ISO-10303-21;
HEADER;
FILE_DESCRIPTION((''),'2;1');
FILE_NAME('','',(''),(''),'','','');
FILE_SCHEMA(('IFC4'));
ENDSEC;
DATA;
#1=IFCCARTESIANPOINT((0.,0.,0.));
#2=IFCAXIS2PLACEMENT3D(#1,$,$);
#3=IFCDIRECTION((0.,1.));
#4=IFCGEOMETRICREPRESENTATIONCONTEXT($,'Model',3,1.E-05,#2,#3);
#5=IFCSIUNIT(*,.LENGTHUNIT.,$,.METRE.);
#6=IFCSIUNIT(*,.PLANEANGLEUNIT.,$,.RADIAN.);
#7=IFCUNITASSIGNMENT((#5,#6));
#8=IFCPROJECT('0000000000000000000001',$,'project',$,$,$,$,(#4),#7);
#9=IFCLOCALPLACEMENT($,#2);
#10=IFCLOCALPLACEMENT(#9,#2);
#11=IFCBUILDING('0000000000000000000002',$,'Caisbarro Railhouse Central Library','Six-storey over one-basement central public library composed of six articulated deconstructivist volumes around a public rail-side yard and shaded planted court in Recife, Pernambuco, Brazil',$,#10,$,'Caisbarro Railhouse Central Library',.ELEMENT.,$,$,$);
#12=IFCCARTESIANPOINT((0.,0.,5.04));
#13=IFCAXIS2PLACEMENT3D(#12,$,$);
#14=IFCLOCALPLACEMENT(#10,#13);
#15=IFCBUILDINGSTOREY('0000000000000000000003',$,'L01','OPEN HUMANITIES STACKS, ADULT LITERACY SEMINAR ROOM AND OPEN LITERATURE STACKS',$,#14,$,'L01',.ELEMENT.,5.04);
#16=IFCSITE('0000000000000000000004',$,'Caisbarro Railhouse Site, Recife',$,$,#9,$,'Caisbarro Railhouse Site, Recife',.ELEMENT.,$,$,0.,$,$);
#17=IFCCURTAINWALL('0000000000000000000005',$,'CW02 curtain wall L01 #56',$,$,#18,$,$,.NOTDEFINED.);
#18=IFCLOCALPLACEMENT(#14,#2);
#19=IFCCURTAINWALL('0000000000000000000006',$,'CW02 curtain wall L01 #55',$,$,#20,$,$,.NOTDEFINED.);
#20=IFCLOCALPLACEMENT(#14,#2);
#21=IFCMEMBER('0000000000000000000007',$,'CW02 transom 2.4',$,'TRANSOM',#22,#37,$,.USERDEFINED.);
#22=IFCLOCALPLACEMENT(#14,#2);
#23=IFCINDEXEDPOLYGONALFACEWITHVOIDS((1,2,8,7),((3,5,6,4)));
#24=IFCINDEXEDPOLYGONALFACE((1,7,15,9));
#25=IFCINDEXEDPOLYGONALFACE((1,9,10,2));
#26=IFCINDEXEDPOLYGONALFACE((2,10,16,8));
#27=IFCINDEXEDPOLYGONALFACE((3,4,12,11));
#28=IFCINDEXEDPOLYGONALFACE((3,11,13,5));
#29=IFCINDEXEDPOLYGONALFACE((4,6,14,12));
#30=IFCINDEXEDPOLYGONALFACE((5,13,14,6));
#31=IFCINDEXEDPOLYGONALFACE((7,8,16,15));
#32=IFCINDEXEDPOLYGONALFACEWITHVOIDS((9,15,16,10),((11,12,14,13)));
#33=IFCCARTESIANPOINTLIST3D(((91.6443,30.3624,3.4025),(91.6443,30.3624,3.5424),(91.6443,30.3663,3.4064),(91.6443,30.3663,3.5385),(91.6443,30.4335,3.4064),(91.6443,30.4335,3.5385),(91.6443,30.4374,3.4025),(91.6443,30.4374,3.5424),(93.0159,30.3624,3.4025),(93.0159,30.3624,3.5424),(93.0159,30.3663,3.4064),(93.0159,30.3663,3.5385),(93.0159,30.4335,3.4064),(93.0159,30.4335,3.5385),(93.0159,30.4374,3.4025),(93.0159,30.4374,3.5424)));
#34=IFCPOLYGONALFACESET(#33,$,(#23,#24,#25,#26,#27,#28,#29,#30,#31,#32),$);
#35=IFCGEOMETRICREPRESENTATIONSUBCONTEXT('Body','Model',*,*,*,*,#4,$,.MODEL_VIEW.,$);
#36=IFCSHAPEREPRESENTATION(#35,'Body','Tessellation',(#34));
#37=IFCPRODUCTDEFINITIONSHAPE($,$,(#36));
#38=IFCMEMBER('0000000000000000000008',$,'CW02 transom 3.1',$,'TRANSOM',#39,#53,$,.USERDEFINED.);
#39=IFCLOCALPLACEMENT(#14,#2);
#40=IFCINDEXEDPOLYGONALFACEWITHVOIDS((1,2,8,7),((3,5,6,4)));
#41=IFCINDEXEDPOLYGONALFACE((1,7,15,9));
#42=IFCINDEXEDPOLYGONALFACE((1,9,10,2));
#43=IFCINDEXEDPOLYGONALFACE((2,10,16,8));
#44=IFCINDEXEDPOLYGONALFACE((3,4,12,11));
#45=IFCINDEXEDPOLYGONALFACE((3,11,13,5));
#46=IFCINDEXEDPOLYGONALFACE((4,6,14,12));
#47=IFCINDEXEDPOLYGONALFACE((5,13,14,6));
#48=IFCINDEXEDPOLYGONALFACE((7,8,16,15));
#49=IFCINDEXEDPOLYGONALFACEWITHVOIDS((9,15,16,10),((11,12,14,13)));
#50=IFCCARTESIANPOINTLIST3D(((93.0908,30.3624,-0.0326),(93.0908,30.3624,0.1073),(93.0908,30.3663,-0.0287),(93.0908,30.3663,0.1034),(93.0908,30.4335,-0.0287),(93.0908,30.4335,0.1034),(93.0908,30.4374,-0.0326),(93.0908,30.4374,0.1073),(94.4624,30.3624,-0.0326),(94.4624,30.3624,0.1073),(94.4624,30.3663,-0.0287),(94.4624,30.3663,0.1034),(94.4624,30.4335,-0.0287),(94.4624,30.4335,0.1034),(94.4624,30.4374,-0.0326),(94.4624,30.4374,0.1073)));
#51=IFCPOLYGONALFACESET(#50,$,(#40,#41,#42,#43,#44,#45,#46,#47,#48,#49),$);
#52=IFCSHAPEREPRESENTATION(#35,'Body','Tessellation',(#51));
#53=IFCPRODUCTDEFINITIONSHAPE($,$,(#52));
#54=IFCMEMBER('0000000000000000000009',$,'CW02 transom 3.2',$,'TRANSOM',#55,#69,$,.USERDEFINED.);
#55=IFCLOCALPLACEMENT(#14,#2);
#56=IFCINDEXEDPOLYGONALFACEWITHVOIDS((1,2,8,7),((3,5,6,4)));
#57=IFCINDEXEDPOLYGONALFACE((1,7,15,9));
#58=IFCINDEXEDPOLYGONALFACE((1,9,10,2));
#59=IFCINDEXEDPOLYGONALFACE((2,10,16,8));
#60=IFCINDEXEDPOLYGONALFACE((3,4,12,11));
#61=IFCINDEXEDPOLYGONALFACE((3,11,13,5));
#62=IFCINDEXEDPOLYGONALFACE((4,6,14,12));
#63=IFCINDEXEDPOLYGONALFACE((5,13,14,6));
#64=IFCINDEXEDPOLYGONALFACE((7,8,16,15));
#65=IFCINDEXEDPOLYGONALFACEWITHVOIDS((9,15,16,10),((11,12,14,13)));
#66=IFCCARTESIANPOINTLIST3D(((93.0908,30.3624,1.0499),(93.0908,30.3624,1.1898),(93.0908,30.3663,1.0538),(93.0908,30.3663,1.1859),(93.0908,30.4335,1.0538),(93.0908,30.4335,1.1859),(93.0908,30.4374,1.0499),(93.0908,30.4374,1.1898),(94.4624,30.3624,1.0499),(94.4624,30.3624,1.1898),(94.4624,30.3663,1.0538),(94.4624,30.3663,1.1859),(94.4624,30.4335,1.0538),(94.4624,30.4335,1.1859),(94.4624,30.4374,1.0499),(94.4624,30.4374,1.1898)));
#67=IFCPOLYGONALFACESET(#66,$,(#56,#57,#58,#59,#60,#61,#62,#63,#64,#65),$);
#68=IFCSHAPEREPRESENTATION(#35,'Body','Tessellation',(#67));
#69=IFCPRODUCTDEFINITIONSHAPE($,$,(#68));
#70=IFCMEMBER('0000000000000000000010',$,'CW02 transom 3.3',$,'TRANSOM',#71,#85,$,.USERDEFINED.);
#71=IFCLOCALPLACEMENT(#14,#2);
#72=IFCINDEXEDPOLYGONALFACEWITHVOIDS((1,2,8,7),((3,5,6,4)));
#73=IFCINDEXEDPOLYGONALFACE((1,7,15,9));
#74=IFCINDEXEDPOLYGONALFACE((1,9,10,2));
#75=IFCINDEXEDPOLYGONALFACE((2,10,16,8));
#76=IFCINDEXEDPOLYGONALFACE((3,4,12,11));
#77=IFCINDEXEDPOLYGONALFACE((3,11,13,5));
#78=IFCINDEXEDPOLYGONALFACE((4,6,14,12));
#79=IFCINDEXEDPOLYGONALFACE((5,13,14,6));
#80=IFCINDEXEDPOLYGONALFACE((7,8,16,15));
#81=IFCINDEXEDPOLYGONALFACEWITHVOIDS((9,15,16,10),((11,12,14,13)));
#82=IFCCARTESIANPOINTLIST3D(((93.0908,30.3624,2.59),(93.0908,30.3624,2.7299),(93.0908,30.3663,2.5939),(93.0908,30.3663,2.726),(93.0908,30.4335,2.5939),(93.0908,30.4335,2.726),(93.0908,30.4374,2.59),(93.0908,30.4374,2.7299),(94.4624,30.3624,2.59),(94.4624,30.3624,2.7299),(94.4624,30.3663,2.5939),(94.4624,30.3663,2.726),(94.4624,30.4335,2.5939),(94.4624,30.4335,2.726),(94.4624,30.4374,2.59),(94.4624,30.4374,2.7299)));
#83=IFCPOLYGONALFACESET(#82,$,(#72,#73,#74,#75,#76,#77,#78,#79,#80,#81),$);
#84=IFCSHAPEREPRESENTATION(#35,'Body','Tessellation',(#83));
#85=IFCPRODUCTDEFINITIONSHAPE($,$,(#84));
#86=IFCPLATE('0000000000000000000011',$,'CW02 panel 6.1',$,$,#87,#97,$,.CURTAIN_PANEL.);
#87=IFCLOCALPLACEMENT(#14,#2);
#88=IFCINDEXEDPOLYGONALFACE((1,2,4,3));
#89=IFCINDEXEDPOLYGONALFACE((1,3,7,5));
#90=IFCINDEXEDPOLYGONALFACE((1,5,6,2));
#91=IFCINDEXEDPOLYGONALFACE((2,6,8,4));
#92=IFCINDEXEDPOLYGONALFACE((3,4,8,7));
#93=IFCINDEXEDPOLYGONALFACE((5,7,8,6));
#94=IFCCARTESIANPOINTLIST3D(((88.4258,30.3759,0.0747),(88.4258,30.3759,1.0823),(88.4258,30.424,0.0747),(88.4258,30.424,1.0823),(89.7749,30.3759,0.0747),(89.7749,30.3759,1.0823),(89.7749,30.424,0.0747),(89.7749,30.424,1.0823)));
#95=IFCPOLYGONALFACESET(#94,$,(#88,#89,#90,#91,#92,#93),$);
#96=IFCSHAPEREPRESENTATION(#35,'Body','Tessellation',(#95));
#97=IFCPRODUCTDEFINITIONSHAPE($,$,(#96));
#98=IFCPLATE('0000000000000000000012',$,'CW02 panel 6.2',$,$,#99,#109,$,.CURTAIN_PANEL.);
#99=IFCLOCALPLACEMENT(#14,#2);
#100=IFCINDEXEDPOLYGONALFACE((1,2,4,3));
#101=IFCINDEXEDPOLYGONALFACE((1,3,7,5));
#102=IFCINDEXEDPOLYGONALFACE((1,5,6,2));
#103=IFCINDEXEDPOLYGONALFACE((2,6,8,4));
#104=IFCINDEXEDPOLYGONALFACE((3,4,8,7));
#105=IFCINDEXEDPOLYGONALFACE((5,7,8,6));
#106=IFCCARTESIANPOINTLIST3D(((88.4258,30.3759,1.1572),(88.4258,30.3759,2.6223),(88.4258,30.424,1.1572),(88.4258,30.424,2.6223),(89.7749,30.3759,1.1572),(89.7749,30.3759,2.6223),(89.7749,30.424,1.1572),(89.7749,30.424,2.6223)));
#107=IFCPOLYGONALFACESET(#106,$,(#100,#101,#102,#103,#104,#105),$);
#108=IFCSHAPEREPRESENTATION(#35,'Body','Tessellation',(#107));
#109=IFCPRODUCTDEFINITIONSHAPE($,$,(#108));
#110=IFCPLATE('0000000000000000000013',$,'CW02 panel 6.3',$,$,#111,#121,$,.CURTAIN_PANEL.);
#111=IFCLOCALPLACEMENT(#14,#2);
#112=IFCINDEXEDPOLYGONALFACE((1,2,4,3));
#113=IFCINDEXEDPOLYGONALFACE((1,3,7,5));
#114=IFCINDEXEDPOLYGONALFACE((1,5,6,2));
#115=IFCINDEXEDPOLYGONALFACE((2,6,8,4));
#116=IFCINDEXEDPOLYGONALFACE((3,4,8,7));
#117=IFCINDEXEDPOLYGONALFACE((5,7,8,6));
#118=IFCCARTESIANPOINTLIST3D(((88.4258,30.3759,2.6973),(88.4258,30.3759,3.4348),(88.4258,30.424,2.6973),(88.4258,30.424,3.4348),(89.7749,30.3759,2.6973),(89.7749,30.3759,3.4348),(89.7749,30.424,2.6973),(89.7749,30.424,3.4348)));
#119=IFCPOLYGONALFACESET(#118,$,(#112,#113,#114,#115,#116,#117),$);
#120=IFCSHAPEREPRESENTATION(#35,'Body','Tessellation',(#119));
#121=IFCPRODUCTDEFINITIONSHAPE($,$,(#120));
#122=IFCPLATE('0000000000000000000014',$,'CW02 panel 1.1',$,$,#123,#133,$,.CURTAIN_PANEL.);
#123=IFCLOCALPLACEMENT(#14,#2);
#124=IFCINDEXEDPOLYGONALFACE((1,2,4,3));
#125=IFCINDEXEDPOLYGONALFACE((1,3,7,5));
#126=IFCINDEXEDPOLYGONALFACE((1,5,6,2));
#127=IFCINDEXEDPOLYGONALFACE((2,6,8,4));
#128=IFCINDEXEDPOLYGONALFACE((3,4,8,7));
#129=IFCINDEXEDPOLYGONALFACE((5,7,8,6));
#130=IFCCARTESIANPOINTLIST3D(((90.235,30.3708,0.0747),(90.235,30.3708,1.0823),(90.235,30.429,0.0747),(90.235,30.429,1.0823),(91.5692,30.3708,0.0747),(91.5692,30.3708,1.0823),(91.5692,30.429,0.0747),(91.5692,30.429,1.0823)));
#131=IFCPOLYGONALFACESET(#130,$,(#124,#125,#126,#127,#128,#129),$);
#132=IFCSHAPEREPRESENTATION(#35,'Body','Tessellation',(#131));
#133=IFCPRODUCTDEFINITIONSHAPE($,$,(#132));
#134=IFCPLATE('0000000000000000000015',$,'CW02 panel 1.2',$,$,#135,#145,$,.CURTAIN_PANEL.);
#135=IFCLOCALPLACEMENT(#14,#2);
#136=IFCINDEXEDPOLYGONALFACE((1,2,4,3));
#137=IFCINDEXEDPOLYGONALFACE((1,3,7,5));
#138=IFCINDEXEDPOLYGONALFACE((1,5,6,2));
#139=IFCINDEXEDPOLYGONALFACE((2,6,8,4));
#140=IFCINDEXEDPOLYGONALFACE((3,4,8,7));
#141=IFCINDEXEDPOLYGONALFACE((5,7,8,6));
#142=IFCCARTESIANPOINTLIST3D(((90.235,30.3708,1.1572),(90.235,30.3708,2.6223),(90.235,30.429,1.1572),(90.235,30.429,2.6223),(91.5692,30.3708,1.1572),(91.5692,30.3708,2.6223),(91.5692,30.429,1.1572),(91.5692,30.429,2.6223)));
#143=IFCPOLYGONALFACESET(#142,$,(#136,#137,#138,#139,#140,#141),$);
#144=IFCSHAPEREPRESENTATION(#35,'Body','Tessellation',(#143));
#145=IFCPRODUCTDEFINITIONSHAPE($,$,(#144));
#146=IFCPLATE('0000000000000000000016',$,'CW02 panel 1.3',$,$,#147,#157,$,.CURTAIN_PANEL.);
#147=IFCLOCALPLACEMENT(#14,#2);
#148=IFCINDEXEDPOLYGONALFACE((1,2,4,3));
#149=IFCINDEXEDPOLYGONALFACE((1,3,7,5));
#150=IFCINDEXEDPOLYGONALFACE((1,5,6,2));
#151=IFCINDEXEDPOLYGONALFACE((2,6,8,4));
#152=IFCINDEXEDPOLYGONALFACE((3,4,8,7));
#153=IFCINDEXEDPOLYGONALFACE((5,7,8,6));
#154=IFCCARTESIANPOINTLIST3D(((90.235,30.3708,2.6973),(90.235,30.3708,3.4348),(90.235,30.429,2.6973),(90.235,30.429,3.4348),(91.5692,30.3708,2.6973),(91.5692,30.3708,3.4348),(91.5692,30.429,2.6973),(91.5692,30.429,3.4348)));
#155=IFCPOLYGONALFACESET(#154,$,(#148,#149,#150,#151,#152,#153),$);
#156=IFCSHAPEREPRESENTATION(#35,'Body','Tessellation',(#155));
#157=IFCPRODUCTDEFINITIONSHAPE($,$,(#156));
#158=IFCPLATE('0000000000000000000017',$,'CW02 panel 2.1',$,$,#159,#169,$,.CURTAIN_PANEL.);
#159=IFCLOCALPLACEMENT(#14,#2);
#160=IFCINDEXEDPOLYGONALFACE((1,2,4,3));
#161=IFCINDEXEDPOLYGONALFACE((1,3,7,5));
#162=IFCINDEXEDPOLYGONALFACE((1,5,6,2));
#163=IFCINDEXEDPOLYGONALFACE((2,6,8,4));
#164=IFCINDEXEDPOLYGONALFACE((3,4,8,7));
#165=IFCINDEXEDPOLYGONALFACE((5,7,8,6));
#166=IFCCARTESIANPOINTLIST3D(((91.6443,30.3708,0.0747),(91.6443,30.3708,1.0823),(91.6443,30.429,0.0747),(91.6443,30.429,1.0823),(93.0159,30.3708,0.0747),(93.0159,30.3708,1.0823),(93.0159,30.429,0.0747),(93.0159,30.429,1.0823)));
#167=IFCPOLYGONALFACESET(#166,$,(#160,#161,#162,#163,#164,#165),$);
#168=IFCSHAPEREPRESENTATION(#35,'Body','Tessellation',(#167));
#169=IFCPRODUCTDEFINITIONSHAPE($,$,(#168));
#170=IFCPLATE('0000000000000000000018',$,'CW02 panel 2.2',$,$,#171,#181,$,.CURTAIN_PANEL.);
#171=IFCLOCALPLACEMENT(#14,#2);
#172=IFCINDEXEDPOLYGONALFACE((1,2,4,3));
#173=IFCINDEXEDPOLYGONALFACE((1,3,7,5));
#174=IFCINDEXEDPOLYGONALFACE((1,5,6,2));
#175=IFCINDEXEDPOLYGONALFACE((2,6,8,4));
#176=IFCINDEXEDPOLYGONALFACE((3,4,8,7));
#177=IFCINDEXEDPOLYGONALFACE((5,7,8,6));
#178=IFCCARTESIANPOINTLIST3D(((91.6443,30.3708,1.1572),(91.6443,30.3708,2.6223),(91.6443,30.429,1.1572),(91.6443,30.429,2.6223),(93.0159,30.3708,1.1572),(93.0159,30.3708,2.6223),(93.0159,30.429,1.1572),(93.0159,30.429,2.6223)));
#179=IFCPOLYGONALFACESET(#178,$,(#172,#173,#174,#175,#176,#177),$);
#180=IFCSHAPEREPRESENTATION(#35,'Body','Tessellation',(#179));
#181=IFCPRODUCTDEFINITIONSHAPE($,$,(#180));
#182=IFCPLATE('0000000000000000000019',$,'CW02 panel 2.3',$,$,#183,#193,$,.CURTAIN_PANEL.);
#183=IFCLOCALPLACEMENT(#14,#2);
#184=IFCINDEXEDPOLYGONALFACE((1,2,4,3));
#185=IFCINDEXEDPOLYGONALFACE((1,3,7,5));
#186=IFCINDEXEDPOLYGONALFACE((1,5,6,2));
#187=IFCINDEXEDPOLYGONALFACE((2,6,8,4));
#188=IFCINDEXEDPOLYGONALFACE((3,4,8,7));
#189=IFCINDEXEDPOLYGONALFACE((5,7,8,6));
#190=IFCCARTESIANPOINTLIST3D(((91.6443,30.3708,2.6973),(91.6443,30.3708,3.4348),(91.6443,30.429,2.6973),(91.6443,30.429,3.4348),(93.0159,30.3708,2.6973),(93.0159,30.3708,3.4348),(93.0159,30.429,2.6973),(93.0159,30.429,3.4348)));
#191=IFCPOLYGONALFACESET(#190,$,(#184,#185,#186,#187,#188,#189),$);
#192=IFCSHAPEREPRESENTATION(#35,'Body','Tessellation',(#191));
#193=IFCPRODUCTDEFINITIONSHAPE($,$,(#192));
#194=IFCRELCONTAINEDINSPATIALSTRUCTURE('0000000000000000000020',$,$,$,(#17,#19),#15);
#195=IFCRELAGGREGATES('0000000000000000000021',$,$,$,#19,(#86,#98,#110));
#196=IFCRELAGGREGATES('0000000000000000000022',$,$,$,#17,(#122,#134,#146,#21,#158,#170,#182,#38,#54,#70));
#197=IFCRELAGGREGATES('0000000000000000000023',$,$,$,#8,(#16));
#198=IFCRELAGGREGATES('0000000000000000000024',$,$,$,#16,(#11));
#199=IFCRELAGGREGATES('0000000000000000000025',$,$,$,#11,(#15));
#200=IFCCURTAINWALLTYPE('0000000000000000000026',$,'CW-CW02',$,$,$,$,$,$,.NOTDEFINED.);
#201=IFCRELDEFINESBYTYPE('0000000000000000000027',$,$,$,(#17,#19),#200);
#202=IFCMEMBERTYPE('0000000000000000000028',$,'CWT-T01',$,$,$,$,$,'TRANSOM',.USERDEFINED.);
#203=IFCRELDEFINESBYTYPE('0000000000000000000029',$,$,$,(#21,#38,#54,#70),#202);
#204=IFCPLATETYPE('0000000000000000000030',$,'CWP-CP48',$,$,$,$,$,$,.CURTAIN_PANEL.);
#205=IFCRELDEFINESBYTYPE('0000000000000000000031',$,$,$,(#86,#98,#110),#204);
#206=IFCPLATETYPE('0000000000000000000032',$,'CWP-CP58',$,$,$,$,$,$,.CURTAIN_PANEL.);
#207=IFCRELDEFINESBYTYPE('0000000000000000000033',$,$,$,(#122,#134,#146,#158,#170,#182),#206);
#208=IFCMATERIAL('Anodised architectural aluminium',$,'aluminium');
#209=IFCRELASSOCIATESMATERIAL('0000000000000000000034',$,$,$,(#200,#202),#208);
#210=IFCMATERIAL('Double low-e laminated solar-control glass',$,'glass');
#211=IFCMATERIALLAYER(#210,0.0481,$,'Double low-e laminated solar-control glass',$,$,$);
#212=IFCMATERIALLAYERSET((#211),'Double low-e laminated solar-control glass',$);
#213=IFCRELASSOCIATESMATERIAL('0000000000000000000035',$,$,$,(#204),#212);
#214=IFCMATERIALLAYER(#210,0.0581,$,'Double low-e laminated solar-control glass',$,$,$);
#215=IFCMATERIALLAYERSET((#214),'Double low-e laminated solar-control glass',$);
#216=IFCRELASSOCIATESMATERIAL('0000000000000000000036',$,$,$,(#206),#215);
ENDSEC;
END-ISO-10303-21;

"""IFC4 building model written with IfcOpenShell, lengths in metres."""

from ifc_helpers import new_model, si_unit, direction, frame, origin, origin_2d, place, context, subcontext, project, spatial, rectangle, hollow_rectangle, extrude, material, layer, layer_set, material_profile, profile_set, type_object, element, aggregate, save


model = new_model("IFC4")

# Units and contexts
model_context = context("Model", 3, precision=1e-05, world=origin(), true_north=direction((0.0, 1.0)))
body_context = subcontext(model_context, "Body", "Model", "MODEL_VIEW")
ifc_project = project(units=[si_unit("LENGTHUNIT", "METRE"), si_unit("PLANEANGLEUNIT", "RADIAN")], contexts=[model_context])

# Site, building, storey
site_placement = place(None, origin())
site = spatial("IfcSite", under=ifc_project, at=site_placement, Name="Caisbarro Railhouse Site, Recife", LongName="Caisbarro Railhouse Site, Recife", CompositionType="ELEMENT", RefElevation=0.0)
building_placement = place(site_placement, origin())
building = spatial("IfcBuilding", under=site, at=building_placement, Name="Caisbarro Railhouse Central Library", Description="Six-storey over one-basement central public library composed of six articulated deconstructivist volumes around a public rail-side yard and shaded planted court in Recife, Pernambuco, Brazil", LongName="Caisbarro Railhouse Central Library", CompositionType="ELEMENT")
storey_placement = place(building_placement, frame((0.0, 0.0, 5.04)))
storey = spatial("IfcBuildingStorey", under=building, at=storey_placement, Name="L01", Description="OPEN HUMANITIES STACKS, ADULT LITERACY SEMINAR ROOM AND OPEN LITERATURE STACKS", LongName="L01", CompositionType="ELEMENT", Elevation=5.04)

# Curtain walls
ifc_material_1 = material(Name="Anodised architectural aluminium", Category="aluminium")
curtain_wall_type = type_object("IfcCurtainWallType", Name="CW-CW02", PredefinedType="NOTDEFINED", material=ifc_material_1)
curtain_wall_1_placement = place(storey_placement, origin())
curtain_wall_1 = element("IfcCurtainWall", 1, at=curtain_wall_1_placement, inside=storey, type_object=curtain_wall_type, Name="CW02 curtain wall L01 #56", PredefinedType="NOTDEFINED")
curtain_wall_2_placement = place(storey_placement, origin())
curtain_wall_2 = element("IfcCurtainWall", 2, at=curtain_wall_2_placement, inside=storey, type_object=curtain_wall_type, Name="CW02 curtain wall L01 #55", PredefinedType="NOTDEFINED")
ifc_material_profile_1 = material_profile(ifc_material_1, hollow_rectangle(XDim=0.075, YDim=0.1399, WallThickness=0.0039, at=origin_2d()), Name="ALU-TRN-75X140")
ifc_profile_set_1 = profile_set([ifc_material_profile_1], Name="Anodised architectural aluminium")
member_type_1 = type_object("IfcMemberType", Name="CWT-T01", ElementType="TRANSOM", PredefinedType="USERDEFINED", material=ifc_profile_set_1)

# Members
member_1_placement = place(storey_placement, frame((91.6443, 30.3999, 3.4724), z_axis=(1.0, 0.0, 0.0), x_axis=(0.0, 1.0, 0.0)))
member_1 = element("IfcMember", 3, at=member_1_placement, type_object=member_type_1, Name="CW02 transom 2.4", ObjectType="TRANSOM", PredefinedType="USERDEFINED", context=body_context, shape_type="SweptSolid", body=[
    extrude(hollow_rectangle(XDim=0.075, YDim=0.1399, WallThickness=0.0039, at=origin_2d()), origin(), (0.0, 0.0, 1.0), 1.3716),
])
member_2_placement = place(storey_placement, frame((93.0908, 30.3999, 0.0374), z_axis=(1.0, 0.0, 0.0), x_axis=(0.0, 1.0, 0.0)))
member_2 = element("IfcMember", 4, at=member_2_placement, type_object=member_type_1, Name="CW02 transom 3.1", ObjectType="TRANSOM", PredefinedType="USERDEFINED", context=body_context, shape_type="SweptSolid", body=[
    extrude(hollow_rectangle(XDim=0.075, YDim=0.1399, WallThickness=0.0039, at=origin_2d()), origin(), (0.0, 0.0, 1.0), 1.3716),
])
member_3_placement = place(storey_placement, frame((93.0908, 30.3999, 1.1199), z_axis=(1.0, 0.0, 0.0), x_axis=(0.0, 1.0, 0.0)))
member_3 = element("IfcMember", 5, at=member_3_placement, type_object=member_type_1, Name="CW02 transom 3.2", ObjectType="TRANSOM", PredefinedType="USERDEFINED", context=body_context, shape_type="SweptSolid", body=[
    extrude(hollow_rectangle(XDim=0.075, YDim=0.1399, WallThickness=0.0039, at=origin_2d()), origin(), (0.0, 0.0, 1.0), 1.3716),
])
member_4_placement = place(storey_placement, frame((93.0908, 30.3999, 2.6599), z_axis=(1.0, 0.0, 0.0), x_axis=(0.0, 1.0, 0.0)))
member_4 = element("IfcMember", 6, at=member_4_placement, type_object=member_type_1, Name="CW02 transom 3.3", ObjectType="TRANSOM", PredefinedType="USERDEFINED", context=body_context, shape_type="SweptSolid", body=[
    extrude(hollow_rectangle(XDim=0.075, YDim=0.1399, WallThickness=0.0039, at=origin_2d()), origin(), (0.0, 0.0, 1.0), 1.3716),
])

# Plates
ifc_material_2 = material(Name="Double low-e laminated solar-control glass", Category="glass")
ifc_layer_1 = layer(ifc_material_2, 0.0481, Name="Double low-e laminated solar-control glass")
ifc_layer_set_1 = layer_set([ifc_layer_1], Name="Double low-e laminated solar-control glass")
plate_type_1 = type_object("IfcPlateType", Name="CWP-CP48", PredefinedType="CURTAIN_PANEL", material=ifc_layer_set_1)
plate_1_placement = place(storey_placement, frame((89.1003, 30.3999, 0.0747), z_axis=(0.0, 0.0, 1.0), x_axis=(1.0, 0.0, 0.0)))
plate_1 = element("IfcPlate", 7, at=plate_1_placement, type_object=plate_type_1, Name="CW02 panel 6.1", PredefinedType="CURTAIN_PANEL", context=body_context, shape_type="SweptSolid", body=[
    extrude(rectangle(XDim=1.3491, YDim=0.0481, at=origin_2d()), origin(), (0.0, 0.0, 1.0), 1.0076),
])
plate_2_placement = place(storey_placement, frame((89.1003, 30.3999, 1.1572), z_axis=(0.0, 0.0, 1.0), x_axis=(1.0, 0.0, 0.0)))
plate_2 = element("IfcPlate", 8, at=plate_2_placement, type_object=plate_type_1, Name="CW02 panel 6.2", PredefinedType="CURTAIN_PANEL", context=body_context, shape_type="SweptSolid", body=[
    extrude(rectangle(XDim=1.3491, YDim=0.0481, at=origin_2d()), origin(), (0.0, 0.0, 1.0), 1.4651),
])
plate_3_placement = place(storey_placement, frame((89.1003, 30.3999, 2.6973), z_axis=(0.0, 0.0, 1.0), x_axis=(1.0, 0.0, 0.0)))
plate_3 = element("IfcPlate", 9, at=plate_3_placement, type_object=plate_type_1, Name="CW02 panel 6.3", PredefinedType="CURTAIN_PANEL", context=body_context, shape_type="SweptSolid", body=[
    extrude(rectangle(XDim=1.3491, YDim=0.0481, at=origin_2d()), origin(), (0.0, 0.0, 1.0), 0.7375),
])
aggregate(curtain_wall_2, [plate_1, plate_2, plate_3])
ifc_layer_2 = layer(ifc_material_2, 0.0581, Name="Double low-e laminated solar-control glass")
ifc_layer_set_2 = layer_set([ifc_layer_2], Name="Double low-e laminated solar-control glass")
plate_type_2 = type_object("IfcPlateType", Name="CWP-CP58", PredefinedType="CURTAIN_PANEL", material=ifc_layer_set_2)
plate_4_placement = place(storey_placement, frame((90.9021, 30.3999, 0.0747), z_axis=(0.0, 0.0, 1.0), x_axis=(1.0, 0.0, 0.0)))
plate_4 = element("IfcPlate", 10, at=plate_4_placement, type_object=plate_type_2, Name="CW02 panel 1.1", PredefinedType="CURTAIN_PANEL", context=body_context, shape_type="SweptSolid", body=[
    extrude(rectangle(XDim=1.3342, YDim=0.0581, at=origin_2d()), origin(), (0.0, 0.0, 1.0), 1.0076),
])
plate_5_placement = place(storey_placement, frame((90.9021, 30.3999, 1.1572), z_axis=(0.0, 0.0, 1.0), x_axis=(1.0, 0.0, 0.0)))
plate_5 = element("IfcPlate", 11, at=plate_5_placement, type_object=plate_type_2, Name="CW02 panel 1.2", PredefinedType="CURTAIN_PANEL", context=body_context, shape_type="SweptSolid", body=[
    extrude(rectangle(XDim=1.3342, YDim=0.0581, at=origin_2d()), origin(), (0.0, 0.0, 1.0), 1.4651),
])
plate_6_placement = place(storey_placement, frame((90.9021, 30.3999, 2.6973), z_axis=(0.0, 0.0, 1.0), x_axis=(1.0, 0.0, 0.0)))
plate_6 = element("IfcPlate", 12, at=plate_6_placement, type_object=plate_type_2, Name="CW02 panel 1.3", PredefinedType="CURTAIN_PANEL", context=body_context, shape_type="SweptSolid", body=[
    extrude(rectangle(XDim=1.3342, YDim=0.0581, at=origin_2d()), origin(), (0.0, 0.0, 1.0), 0.7375),
])
plate_7_placement = place(storey_placement, frame((92.3301, 30.3999, 0.0747), z_axis=(0.0, 0.0, 1.0), x_axis=(1.0, 0.0, 0.0)))
plate_7 = element("IfcPlate", 13, at=plate_7_placement, type_object=plate_type_2, Name="CW02 panel 2.1", PredefinedType="CURTAIN_PANEL", context=body_context, shape_type="SweptSolid", body=[
    extrude(rectangle(XDim=1.3716, YDim=0.0581, at=origin_2d()), origin(), (0.0, 0.0, 1.0), 1.0076),
])
plate_8_placement = place(storey_placement, frame((92.3301, 30.3999, 1.1572), z_axis=(0.0, 0.0, 1.0), x_axis=(1.0, 0.0, 0.0)))
plate_8 = element("IfcPlate", 14, at=plate_8_placement, type_object=plate_type_2, Name="CW02 panel 2.2", PredefinedType="CURTAIN_PANEL", context=body_context, shape_type="SweptSolid", body=[
    extrude(rectangle(XDim=1.3716, YDim=0.0581, at=origin_2d()), origin(), (0.0, 0.0, 1.0), 1.4651),
])
plate_9_placement = place(storey_placement, frame((92.3301, 30.3999, 2.6973), z_axis=(0.0, 0.0, 1.0), x_axis=(1.0, 0.0, 0.0)))
plate_9 = element("IfcPlate", 15, at=plate_9_placement, type_object=plate_type_2, Name="CW02 panel 2.3", PredefinedType="CURTAIN_PANEL", context=body_context, shape_type="SweptSolid", body=[
    extrude(rectangle(XDim=1.3716, YDim=0.0581, at=origin_2d()), origin(), (0.0, 0.0, 1.0), 0.7375),
])
aggregate(curtain_wall_1, [plate_4, plate_5, plate_6, member_1, plate_7, plate_8, plate_9, member_2, member_3, member_4])

save(model, "model.ifc")
